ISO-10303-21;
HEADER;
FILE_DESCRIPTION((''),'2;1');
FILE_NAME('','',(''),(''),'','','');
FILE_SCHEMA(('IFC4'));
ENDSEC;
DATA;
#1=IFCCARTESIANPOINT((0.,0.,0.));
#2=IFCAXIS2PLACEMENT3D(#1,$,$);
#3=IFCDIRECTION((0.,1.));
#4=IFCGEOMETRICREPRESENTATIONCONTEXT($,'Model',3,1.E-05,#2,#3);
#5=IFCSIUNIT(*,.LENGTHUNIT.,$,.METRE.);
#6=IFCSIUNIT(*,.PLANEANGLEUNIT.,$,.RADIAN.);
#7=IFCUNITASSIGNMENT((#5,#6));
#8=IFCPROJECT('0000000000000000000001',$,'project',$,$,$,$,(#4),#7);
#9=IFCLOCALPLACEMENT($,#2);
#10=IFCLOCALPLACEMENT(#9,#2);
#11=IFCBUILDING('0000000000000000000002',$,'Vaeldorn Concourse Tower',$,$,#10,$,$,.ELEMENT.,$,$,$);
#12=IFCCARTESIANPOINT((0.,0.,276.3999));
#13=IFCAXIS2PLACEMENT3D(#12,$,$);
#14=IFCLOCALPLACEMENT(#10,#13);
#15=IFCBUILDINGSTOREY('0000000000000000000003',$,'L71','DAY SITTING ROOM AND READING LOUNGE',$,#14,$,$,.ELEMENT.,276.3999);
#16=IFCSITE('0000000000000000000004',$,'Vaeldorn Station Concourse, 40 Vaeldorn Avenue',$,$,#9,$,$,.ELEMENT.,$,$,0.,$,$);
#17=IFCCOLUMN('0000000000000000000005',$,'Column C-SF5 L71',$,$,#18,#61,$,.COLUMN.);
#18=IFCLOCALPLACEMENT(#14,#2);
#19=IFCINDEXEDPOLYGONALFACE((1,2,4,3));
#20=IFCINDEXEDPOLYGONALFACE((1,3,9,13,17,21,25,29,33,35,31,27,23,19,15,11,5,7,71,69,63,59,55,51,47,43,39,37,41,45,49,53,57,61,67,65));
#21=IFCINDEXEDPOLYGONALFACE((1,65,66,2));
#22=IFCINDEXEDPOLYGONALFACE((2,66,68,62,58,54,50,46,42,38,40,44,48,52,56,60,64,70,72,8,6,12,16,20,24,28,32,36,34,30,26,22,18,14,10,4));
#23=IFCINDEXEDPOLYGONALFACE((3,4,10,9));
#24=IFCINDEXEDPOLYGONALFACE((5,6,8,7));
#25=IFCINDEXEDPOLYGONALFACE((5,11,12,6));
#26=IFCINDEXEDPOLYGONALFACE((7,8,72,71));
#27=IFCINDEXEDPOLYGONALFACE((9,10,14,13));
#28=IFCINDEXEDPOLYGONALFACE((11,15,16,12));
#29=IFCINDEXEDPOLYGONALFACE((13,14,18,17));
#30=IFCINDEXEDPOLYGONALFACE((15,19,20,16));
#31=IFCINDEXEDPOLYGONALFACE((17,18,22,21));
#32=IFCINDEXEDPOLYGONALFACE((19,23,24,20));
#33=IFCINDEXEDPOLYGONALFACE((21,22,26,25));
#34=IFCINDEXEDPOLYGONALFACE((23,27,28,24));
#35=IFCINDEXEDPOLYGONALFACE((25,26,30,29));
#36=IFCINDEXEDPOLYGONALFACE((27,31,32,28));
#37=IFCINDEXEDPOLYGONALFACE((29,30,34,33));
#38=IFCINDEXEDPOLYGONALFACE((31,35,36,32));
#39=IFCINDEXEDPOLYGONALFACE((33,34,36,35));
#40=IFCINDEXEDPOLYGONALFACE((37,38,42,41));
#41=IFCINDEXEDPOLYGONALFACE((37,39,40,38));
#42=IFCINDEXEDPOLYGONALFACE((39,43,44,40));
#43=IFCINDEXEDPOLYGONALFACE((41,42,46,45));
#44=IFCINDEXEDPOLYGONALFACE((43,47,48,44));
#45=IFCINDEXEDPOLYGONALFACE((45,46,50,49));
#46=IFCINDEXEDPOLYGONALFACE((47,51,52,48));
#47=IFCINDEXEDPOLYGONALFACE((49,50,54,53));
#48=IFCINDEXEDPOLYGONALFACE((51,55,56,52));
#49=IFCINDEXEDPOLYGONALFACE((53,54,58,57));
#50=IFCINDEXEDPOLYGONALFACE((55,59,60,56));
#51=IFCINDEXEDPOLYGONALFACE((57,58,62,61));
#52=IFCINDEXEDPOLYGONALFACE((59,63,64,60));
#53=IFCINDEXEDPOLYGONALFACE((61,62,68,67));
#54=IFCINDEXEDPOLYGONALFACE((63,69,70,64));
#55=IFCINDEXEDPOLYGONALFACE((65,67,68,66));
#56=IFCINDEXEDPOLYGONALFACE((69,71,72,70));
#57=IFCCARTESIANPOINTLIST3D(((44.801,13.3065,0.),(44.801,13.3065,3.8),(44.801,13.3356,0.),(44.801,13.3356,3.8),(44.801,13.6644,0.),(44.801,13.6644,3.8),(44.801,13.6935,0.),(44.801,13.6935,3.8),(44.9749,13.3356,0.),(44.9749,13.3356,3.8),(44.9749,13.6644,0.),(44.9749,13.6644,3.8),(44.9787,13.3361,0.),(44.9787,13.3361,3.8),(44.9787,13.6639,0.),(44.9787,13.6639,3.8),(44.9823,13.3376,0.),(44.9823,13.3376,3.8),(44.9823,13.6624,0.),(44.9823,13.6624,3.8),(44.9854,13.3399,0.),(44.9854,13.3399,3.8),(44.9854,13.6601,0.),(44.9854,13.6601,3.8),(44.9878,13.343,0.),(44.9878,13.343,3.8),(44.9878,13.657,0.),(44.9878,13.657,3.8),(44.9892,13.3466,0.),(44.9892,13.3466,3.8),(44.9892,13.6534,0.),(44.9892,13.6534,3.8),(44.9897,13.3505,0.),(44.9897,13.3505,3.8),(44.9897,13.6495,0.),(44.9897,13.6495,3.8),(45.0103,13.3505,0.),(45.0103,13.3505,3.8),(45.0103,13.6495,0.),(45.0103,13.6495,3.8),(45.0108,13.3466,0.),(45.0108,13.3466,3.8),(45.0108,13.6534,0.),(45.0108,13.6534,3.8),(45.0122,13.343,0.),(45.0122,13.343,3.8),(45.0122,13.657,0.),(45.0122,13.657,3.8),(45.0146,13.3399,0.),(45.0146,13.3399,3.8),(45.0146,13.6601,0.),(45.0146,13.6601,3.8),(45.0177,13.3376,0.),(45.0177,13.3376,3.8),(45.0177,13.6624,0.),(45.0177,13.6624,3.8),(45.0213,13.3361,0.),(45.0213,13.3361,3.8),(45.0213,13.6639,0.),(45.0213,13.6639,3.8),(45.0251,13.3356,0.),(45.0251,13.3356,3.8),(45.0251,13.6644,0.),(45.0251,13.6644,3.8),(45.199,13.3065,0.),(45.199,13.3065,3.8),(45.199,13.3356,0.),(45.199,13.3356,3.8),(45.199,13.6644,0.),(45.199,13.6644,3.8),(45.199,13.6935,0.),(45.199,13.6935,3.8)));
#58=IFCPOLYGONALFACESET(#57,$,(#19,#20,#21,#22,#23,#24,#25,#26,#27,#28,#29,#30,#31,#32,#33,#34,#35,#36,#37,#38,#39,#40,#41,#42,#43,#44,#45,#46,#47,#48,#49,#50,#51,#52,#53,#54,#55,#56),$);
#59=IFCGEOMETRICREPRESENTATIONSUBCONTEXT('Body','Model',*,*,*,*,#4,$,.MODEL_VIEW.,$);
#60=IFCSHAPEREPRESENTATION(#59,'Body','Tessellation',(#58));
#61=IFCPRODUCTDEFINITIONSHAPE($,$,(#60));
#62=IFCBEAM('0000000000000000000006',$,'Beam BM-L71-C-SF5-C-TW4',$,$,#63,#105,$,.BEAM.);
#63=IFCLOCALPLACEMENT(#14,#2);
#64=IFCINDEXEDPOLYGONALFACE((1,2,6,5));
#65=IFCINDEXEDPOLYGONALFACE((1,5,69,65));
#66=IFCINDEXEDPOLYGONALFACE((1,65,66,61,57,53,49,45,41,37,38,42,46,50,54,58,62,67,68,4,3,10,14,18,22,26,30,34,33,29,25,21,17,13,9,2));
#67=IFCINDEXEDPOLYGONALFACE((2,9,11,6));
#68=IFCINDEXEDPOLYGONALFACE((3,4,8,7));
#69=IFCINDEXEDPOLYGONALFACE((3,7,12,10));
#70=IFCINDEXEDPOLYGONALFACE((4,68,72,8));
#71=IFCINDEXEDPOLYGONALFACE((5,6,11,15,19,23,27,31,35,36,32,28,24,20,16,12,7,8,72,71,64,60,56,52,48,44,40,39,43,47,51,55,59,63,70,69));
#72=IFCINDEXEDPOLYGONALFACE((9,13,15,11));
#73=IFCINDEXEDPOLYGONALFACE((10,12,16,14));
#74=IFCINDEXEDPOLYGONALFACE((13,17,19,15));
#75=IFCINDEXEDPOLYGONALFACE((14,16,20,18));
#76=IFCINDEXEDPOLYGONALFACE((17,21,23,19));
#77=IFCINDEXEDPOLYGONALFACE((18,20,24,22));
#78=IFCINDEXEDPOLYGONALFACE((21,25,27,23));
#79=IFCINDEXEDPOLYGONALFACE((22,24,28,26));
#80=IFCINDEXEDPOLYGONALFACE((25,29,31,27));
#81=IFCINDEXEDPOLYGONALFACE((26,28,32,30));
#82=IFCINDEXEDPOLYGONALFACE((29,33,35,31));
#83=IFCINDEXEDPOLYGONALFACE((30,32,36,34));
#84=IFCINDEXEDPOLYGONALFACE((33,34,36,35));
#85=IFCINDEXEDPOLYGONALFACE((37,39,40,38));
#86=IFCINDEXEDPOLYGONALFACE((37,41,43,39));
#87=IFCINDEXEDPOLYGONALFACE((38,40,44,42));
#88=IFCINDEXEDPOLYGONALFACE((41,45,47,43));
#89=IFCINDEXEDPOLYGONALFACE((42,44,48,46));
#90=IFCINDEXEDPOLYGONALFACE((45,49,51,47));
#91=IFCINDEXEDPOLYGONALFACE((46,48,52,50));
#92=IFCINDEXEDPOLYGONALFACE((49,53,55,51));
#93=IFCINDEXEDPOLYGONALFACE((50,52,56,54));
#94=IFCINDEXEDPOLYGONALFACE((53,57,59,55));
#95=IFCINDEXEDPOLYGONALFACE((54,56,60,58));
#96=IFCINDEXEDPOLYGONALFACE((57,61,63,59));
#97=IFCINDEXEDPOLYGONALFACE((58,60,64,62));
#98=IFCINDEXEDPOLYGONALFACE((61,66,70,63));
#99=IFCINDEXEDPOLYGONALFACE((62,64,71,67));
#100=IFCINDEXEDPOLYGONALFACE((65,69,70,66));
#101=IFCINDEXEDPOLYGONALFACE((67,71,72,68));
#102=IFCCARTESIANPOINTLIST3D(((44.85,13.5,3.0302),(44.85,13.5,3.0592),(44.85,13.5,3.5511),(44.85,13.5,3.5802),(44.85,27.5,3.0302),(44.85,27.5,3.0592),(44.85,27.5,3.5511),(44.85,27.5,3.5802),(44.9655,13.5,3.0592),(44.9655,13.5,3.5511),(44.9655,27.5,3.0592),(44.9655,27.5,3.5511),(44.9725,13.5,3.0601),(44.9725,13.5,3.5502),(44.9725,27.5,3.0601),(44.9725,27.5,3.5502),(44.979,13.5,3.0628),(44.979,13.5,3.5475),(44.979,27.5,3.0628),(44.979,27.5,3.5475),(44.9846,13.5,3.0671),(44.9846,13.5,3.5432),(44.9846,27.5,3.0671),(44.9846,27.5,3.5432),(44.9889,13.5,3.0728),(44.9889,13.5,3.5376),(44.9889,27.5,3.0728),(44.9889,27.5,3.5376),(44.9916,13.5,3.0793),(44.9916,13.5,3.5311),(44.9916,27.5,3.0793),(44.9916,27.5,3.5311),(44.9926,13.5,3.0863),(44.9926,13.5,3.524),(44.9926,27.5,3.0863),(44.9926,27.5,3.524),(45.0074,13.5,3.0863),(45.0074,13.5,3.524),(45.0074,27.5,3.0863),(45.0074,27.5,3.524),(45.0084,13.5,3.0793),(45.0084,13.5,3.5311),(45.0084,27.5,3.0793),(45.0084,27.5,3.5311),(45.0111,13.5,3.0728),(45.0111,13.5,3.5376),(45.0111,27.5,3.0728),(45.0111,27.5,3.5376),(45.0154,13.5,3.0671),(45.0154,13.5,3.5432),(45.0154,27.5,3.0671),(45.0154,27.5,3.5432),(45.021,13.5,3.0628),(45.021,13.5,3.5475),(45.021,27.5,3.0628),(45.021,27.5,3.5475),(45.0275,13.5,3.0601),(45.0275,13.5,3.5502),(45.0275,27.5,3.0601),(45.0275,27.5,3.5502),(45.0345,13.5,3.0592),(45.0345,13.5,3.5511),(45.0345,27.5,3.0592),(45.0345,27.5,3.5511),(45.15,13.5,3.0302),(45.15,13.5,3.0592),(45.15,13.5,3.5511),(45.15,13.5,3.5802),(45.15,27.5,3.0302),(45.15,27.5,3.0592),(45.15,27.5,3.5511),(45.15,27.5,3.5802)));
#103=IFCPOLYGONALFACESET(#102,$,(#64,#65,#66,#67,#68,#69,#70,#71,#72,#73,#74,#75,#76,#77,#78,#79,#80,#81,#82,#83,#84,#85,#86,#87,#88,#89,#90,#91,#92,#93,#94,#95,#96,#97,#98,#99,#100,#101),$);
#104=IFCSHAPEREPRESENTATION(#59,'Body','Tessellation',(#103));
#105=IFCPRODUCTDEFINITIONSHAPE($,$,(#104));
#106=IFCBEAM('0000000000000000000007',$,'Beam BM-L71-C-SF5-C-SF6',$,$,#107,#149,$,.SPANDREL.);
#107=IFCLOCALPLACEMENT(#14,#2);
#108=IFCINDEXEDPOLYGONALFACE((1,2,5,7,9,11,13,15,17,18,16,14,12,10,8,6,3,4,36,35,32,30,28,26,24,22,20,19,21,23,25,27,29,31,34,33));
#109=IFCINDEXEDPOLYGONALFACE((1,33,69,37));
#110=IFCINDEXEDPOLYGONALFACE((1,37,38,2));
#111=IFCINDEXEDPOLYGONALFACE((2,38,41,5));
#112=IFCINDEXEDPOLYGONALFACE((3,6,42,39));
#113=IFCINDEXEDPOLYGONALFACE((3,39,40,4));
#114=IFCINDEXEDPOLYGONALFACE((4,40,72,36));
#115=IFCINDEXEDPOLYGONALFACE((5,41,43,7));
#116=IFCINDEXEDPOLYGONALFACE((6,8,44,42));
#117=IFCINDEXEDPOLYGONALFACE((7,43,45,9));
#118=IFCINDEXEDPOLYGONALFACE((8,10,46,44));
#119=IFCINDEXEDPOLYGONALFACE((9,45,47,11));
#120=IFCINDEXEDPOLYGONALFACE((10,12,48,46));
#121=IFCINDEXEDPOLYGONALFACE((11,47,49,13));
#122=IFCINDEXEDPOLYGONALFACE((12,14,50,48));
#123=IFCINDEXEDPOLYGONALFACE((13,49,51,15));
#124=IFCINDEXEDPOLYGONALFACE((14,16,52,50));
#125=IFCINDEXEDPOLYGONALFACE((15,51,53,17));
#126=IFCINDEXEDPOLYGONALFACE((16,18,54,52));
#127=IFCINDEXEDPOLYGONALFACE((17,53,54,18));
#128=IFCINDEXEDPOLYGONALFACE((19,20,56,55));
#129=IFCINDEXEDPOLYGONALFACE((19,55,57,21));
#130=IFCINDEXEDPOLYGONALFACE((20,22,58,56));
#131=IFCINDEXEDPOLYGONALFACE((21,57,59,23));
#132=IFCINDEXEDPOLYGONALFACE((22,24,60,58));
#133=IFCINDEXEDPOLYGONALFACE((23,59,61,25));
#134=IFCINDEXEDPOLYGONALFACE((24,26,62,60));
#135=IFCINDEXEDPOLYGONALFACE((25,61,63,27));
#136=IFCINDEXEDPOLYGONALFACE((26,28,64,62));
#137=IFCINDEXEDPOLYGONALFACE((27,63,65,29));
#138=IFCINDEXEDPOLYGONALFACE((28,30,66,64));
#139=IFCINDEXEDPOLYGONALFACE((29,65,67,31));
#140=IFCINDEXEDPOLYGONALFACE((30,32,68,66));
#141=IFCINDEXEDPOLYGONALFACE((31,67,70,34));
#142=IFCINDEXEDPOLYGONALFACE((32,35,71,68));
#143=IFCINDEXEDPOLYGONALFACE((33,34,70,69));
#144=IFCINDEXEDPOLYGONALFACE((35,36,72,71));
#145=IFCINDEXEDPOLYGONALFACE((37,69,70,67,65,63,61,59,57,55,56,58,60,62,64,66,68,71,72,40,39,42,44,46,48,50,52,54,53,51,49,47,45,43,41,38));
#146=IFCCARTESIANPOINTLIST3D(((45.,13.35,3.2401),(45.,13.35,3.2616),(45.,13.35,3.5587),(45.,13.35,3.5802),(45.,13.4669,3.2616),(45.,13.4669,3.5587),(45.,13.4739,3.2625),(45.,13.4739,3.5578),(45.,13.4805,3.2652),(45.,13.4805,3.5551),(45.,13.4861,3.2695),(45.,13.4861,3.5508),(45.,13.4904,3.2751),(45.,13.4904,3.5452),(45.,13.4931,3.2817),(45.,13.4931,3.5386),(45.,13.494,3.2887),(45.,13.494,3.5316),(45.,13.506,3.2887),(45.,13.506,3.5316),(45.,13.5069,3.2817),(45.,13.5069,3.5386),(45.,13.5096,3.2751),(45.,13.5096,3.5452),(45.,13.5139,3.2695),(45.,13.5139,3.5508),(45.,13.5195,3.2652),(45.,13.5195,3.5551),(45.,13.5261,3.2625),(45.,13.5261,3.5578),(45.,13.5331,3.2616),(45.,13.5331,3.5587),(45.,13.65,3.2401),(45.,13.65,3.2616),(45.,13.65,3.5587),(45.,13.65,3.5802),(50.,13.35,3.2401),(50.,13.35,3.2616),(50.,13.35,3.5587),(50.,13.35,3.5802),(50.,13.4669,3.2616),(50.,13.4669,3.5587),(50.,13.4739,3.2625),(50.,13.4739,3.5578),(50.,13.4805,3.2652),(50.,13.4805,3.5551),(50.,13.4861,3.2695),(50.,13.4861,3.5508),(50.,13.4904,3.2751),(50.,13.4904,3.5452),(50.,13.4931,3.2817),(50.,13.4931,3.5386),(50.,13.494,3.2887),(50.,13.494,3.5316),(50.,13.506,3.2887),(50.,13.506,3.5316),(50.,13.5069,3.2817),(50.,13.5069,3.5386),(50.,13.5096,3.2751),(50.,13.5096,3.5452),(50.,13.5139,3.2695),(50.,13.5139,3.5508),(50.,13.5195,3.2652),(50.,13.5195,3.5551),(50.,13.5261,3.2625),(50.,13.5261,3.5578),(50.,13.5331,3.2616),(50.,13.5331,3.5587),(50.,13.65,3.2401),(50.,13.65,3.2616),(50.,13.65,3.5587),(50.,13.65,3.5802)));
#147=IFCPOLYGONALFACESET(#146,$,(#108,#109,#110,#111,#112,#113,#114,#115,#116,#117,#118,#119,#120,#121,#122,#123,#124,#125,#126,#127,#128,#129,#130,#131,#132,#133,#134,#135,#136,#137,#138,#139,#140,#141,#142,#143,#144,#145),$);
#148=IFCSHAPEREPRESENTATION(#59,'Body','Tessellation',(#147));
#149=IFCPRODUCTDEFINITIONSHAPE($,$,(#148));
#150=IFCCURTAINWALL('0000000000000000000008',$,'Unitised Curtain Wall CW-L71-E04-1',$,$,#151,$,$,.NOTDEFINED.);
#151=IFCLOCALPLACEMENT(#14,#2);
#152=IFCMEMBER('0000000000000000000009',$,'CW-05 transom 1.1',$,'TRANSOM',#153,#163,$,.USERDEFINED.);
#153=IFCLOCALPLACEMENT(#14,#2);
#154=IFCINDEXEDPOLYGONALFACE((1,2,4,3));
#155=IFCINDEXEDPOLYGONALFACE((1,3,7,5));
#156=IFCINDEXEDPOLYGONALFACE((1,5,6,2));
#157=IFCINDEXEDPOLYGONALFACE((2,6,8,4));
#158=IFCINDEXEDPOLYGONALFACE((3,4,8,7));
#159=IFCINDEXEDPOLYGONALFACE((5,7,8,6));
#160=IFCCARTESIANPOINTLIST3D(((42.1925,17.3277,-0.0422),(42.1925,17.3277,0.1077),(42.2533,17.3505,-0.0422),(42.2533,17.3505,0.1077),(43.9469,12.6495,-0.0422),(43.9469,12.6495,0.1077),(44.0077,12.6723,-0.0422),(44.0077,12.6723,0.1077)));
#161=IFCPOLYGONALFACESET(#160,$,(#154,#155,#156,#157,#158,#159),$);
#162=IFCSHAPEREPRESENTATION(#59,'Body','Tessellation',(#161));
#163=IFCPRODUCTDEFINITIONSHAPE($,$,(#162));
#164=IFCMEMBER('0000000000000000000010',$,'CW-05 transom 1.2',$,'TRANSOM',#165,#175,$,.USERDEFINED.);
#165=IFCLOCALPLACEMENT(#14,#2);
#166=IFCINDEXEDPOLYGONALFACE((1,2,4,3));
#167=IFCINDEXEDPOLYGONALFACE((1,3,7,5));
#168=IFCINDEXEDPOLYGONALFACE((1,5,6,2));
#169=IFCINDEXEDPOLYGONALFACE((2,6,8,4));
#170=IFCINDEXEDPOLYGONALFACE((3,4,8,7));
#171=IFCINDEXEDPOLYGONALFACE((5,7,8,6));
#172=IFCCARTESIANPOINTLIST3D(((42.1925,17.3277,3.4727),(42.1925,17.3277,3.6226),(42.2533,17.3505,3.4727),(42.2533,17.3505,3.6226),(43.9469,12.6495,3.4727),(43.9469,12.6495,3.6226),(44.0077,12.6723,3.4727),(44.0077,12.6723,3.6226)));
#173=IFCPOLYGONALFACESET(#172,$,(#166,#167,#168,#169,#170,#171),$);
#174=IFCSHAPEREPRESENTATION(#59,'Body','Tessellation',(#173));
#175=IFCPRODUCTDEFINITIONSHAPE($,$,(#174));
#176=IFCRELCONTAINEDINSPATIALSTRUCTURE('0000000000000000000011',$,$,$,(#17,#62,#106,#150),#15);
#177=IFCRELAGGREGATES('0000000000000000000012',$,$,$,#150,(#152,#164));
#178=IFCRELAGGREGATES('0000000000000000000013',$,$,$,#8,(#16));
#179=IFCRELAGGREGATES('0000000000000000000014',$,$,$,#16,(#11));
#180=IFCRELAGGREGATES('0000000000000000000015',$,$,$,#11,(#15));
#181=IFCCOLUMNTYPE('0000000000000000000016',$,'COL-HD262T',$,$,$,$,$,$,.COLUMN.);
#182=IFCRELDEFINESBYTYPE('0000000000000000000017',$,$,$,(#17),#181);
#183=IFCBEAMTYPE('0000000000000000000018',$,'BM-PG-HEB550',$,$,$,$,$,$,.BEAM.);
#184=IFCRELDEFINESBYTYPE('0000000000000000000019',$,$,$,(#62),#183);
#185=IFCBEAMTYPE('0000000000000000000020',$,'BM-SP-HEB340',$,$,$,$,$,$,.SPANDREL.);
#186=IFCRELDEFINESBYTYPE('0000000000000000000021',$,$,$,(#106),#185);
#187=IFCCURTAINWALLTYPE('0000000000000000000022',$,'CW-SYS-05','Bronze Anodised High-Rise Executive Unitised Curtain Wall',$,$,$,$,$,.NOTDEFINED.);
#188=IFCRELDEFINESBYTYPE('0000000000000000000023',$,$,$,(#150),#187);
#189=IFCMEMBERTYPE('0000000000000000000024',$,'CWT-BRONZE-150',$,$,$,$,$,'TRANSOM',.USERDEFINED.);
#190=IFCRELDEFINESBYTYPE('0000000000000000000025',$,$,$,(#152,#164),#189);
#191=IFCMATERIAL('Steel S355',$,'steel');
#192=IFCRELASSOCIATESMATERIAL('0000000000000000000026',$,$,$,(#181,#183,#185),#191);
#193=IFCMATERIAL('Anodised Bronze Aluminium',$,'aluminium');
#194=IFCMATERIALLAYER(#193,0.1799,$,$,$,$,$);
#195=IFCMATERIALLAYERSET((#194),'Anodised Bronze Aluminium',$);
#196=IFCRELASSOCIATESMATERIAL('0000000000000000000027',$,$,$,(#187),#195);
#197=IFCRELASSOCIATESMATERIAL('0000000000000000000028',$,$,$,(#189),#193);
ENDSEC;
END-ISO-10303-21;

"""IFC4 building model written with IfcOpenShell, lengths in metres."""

from ifc_helpers import new_model, si_unit, direction, frame, origin, origin_2d, place, context, subcontext, project, spatial, rectangle, i_section, extrude, source, transform, mapped, material, layer, layer_set, material_profile, profile_set, type_object, element, aggregate, save


model = new_model("IFC4")

# Units and contexts
model_context = context("Model", 3, precision=1e-05, world=origin(), true_north=direction((0.0, 1.0)))
body_context = subcontext(model_context, "Body", "Model", "MODEL_VIEW")
ifc_project = project(units=[si_unit("LENGTHUNIT", "METRE"), si_unit("PLANEANGLEUNIT", "RADIAN")], contexts=[model_context])

# Site, building, storey
site_placement = place(None, origin())
site = spatial("IfcSite", under=ifc_project, at=site_placement, Name="Vaeldorn Station Concourse, 40 Vaeldorn Avenue", CompositionType="ELEMENT", RefElevation=0.0)
building_placement = place(site_placement, origin())
building = spatial("IfcBuilding", under=site, at=building_placement, Name="Vaeldorn Concourse Tower", CompositionType="ELEMENT")
storey_placement = place(building_placement, frame((0.0, 0.0, 276.3999)))
storey = spatial("IfcBuildingStorey", under=building, at=storey_placement, Name="L71", Description="DAY SITTING ROOM AND READING LOUNGE", CompositionType="ELEMENT", Elevation=276.3999)

# Column
ifc_material_1 = material(Name="Steel S355", Category="steel")
ifc_material_profile_1 = material_profile(ifc_material_1, i_section(OverallWidth=0.3979, OverallDepth=0.387, WebThickness=0.0205, FlangeThickness=0.0291, FilletRadius=0.0149, at=origin_2d()), Name="HD 400x262")
ifc_profile_set_1 = profile_set([ifc_material_profile_1], Name="Steel S355")
column_type = type_object("IfcColumnType", Name="COL-HD262T", PredefinedType="COLUMN", material=ifc_profile_set_1)
shared_shape_1 = source(origin(), body_context, "Body", "SweptSolid", [
    extrude(i_section(OverallWidth=0.3979, OverallDepth=0.387, WebThickness=0.0205, FlangeThickness=0.0291, FilletRadius=0.0149, at=origin_2d()), origin(), (0.0, 0.0, 1.0), 3.8),
])
column_placement = place(storey_placement, frame((45.0, 13.5, 0.0), z_axis=(0.0, 0.0, 1.0), x_axis=(1.0, 0.0, 0.0)))
element("IfcColumn", 1, at=column_placement, inside=storey, type_object=column_type, Name="Column C-SF5 L71", PredefinedType="COLUMN", context=body_context, shape_type="MappedRepresentation", body=[
    mapped(shared_shape_1, transform((0.0, 0.0, 0.0), scale=1.0)),
])

# Beams
ifc_material_profile_2 = material_profile(ifc_material_1, i_section(OverallWidth=0.3, OverallDepth=0.55, WebThickness=0.0149, FlangeThickness=0.0291, FilletRadius=0.0271, at=origin_2d()), Name="HEB 550")
ifc_profile_set_2 = profile_set([ifc_material_profile_2], Name="Steel S355")
beam_type_1 = type_object("IfcBeamType", Name="BM-PG-HEB550", PredefinedType="BEAM", material=ifc_profile_set_2)
shared_shape_2 = source(origin(), body_context, "Body", "SweptSolid", [
    extrude(i_section(OverallWidth=0.3, OverallDepth=0.55, WebThickness=0.0149, FlangeThickness=0.0291, FilletRadius=0.0271, at=origin_2d()), origin(), (0.0, 0.0, 1.0), 14.0),
])
beam_1_placement = place(storey_placement, frame((45.0, 13.5, 3.3052), z_axis=(0.0, 1.0, 0.0), x_axis=(-1.0, 0.0, 0.0)))
element("IfcBeam", 2, at=beam_1_placement, inside=storey, type_object=beam_type_1, Name="Beam BM-L71-C-SF5-C-TW4", PredefinedType="BEAM", context=body_context, shape_type="MappedRepresentation", body=[
    mapped(shared_shape_2, transform((0.0, 0.0, 0.0), scale=1.0)),
])
ifc_material_profile_3 = material_profile(ifc_material_1, i_section(OverallWidth=0.3, OverallDepth=0.3401, WebThickness=0.012, FlangeThickness=0.0215, FilletRadius=0.0271, at=origin_2d()), Name="HEB 340")
ifc_profile_set_3 = profile_set([ifc_material_profile_3], Name="Steel S355")
beam_type_2 = type_object("IfcBeamType", Name="BM-SP-HEB340", PredefinedType="SPANDREL", material=ifc_profile_set_3)
shared_shape_3 = source(origin(), body_context, "Body", "SweptSolid", [
    extrude(i_section(OverallWidth=0.3, OverallDepth=0.3401, WebThickness=0.012, FlangeThickness=0.0215, FilletRadius=0.0271, at=origin_2d()), origin(), (0.0, 0.0, 1.0), 5.0),
])
beam_2_placement = place(storey_placement, frame((45.0, 13.5, 3.4102), z_axis=(1.0, 0.0, 0.0), x_axis=(0.0, 1.0, 0.0)))
element("IfcBeam", 3, at=beam_2_placement, inside=storey, type_object=beam_type_2, Name="Beam BM-L71-C-SF5-C-SF6", PredefinedType="SPANDREL", context=body_context, shape_type="MappedRepresentation", body=[
    mapped(shared_shape_3, transform((0.0, 0.0, 0.0), scale=1.0)),
])

# Curtain wall, members
ifc_material_2 = material(Name="Anodised Bronze Aluminium", Category="aluminium")
ifc_layer_1 = layer(ifc_material_2, 0.1799)
ifc_layer_set_1 = layer_set([ifc_layer_1], Name="Anodised Bronze Aluminium")
curtain_wall_type = type_object("IfcCurtainWallType", Name="CW-SYS-05", Description="Bronze Anodised High-Rise Executive Unitised Curtain Wall", PredefinedType="NOTDEFINED", material=ifc_layer_set_1)
curtain_wall_1_placement = place(storey_placement, origin())
curtain_wall_1 = element("IfcCurtainWall", 4, at=curtain_wall_1_placement, inside=storey, type_object=curtain_wall_type, Name="Unitised Curtain Wall CW-L71-E04-1", PredefinedType="NOTDEFINED")
ifc_material_profile_4 = material_profile(ifc_material_2, rectangle(XDim=0.0649, YDim=0.1499, at=origin_2d()), Name="CWT 65x150")
ifc_profile_set_4 = profile_set([ifc_material_profile_4], Name="Anodised Bronze Aluminium")
member_type_1 = type_object("IfcMemberType", Name="CWT-BRONZE-150", ElementType="TRANSOM", PredefinedType="USERDEFINED", material=ifc_profile_set_4)
shared_shape_4 = source(origin(), body_context, "Body", "SweptSolid", [
    extrude(rectangle(XDim=0.0649, YDim=0.1499, at=origin_2d()), origin(), (0.0, 0.0, 1.0), 4.9963),
])
member_1_placement = place(storey_placement, frame((42.2229, 17.3391, 0.0327), z_axis=(0.351134, -0.936325, 0.0), x_axis=(0.936325, 0.351134, 0.0)))
member_1 = element("IfcMember", 5, at=member_1_placement, type_object=member_type_1, Name="CW-05 transom 1.1", ObjectType="TRANSOM", PredefinedType="USERDEFINED", context=body_context, shape_type="MappedRepresentation", body=[
    mapped(shared_shape_4, transform((0.0, 0.0, 0.0), scale=1.0)),
])
member_2_placement = place(storey_placement, frame((42.2229, 17.3391, 3.5476), z_axis=(0.351134, -0.936325, 0.0), x_axis=(0.936325, 0.351134, 0.0)))
member_2 = element("IfcMember", 6, at=member_2_placement, type_object=member_type_1, Name="CW-05 transom 1.2", ObjectType="TRANSOM", PredefinedType="USERDEFINED", context=body_context, shape_type="MappedRepresentation", body=[
    mapped(shared_shape_4, transform((0.0, 0.0, 0.0), scale=1.0)),
])

aggregate(curtain_wall_1, [member_1, member_2])

save(model, "model.ifc")
